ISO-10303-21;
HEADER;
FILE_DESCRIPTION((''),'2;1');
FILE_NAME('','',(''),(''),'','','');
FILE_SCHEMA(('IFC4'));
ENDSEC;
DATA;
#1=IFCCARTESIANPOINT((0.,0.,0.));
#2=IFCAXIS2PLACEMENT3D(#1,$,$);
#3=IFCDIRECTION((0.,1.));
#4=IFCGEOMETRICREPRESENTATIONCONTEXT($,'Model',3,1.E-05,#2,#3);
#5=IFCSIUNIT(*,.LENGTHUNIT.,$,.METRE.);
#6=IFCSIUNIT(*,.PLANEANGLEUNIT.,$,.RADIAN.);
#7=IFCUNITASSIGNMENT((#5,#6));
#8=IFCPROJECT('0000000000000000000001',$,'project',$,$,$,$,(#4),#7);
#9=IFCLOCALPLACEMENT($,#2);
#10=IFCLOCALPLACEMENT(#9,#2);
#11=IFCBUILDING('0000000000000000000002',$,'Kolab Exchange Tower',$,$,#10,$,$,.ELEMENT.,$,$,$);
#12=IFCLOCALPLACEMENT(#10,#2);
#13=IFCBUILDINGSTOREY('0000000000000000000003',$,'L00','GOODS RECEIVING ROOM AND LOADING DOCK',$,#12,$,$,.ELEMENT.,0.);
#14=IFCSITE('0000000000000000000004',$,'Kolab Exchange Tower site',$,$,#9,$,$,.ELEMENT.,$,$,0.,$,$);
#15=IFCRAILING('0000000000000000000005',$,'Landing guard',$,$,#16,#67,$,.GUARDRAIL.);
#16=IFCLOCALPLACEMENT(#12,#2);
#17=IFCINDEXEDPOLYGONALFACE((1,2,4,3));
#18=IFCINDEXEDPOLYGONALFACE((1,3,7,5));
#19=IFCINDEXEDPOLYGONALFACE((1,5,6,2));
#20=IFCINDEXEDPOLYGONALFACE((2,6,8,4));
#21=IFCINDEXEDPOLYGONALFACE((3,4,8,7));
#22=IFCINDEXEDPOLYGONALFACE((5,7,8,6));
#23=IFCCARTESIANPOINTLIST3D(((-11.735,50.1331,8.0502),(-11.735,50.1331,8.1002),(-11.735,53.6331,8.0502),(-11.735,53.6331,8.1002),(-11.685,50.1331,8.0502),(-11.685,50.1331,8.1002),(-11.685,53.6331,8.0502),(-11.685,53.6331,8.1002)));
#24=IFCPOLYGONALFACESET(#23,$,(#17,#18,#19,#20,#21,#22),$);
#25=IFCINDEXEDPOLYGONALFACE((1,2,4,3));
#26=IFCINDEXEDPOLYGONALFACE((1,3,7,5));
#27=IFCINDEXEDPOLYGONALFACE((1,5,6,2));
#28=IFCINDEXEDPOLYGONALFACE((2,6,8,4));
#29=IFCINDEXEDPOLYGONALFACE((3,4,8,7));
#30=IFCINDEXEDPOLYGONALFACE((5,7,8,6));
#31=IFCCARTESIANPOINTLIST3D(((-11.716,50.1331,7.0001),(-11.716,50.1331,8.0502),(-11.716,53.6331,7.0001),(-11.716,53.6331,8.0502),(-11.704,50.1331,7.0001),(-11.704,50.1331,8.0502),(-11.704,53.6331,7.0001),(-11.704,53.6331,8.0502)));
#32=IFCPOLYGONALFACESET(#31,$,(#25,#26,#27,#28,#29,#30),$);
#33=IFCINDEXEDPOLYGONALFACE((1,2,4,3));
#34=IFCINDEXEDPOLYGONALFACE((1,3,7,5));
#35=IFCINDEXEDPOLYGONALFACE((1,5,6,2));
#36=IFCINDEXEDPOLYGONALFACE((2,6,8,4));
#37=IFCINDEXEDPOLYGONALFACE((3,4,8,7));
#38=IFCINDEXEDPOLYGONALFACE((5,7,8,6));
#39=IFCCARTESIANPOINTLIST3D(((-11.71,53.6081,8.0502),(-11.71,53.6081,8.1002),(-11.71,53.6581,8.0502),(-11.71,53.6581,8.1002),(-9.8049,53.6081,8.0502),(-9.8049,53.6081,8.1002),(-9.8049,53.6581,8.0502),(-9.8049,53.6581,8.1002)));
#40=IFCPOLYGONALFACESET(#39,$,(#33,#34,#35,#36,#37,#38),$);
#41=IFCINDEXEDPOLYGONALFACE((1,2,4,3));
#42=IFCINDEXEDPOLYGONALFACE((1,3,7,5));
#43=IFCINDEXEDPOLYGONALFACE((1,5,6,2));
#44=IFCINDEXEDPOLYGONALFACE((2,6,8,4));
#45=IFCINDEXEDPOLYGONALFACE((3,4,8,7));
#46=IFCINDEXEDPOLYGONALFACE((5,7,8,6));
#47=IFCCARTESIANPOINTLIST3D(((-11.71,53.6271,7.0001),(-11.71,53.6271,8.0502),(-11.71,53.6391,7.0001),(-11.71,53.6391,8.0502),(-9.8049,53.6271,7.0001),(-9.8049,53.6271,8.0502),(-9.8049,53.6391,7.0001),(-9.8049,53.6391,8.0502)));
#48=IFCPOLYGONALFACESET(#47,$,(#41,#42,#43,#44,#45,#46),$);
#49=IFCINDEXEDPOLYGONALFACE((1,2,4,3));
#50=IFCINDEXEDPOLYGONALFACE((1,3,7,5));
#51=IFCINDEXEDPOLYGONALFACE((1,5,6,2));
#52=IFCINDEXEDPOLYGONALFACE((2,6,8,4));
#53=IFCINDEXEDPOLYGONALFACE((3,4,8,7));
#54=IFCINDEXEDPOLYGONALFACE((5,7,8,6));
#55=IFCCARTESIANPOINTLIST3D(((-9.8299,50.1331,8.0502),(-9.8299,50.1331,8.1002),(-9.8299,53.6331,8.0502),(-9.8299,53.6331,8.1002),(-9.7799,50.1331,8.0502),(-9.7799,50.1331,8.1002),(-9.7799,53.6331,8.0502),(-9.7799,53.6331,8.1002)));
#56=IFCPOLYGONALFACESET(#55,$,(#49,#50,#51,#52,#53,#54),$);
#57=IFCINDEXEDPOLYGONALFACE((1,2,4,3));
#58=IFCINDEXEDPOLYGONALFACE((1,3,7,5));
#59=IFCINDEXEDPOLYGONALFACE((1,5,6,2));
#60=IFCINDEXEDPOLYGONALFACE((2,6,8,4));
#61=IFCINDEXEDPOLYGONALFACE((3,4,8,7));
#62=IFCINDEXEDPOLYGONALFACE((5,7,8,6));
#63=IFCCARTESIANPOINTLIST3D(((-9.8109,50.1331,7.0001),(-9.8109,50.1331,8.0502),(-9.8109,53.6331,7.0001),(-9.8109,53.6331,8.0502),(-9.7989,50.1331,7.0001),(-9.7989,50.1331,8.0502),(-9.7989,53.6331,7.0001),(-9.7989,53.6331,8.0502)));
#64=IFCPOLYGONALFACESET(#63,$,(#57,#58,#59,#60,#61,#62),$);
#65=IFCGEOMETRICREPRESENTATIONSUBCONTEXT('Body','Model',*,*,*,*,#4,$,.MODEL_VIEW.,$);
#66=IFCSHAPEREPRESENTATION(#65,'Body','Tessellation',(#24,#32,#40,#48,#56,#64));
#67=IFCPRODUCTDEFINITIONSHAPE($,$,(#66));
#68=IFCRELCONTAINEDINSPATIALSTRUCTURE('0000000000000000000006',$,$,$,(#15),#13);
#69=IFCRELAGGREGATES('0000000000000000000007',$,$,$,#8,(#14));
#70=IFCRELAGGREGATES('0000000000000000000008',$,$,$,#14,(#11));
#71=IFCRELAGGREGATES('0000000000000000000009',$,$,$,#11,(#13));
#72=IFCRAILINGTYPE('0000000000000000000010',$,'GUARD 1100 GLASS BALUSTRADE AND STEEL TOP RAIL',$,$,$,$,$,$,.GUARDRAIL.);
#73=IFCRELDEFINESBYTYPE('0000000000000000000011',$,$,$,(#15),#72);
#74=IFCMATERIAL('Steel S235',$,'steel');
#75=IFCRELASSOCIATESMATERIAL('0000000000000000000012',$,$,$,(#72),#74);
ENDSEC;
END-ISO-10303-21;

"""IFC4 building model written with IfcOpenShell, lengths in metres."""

from ifc_helpers import new_model, si_unit, direction, frame, frame_2d, origin, origin_2d, place, context, subcontext, project, spatial, rectangle, extrude, material, type_object, element, save


model = new_model("IFC4")

# Units and contexts
model_context = context("Model", 3, precision=1e-05, world=origin(), true_north=direction((0.0, 1.0)))
body_context = subcontext(model_context, "Body", "Model", "MODEL_VIEW")
ifc_project = project(units=[si_unit("LENGTHUNIT", "METRE"), si_unit("PLANEANGLEUNIT", "RADIAN")], contexts=[model_context])

# Site, building, storey
site_placement = place(None, origin())
site = spatial("IfcSite", under=ifc_project, at=site_placement, Name="Kolab Exchange Tower site", CompositionType="ELEMENT", RefElevation=0.0)
building_placement = place(site_placement, origin())
building = spatial("IfcBuilding", under=site, at=building_placement, Name="Kolab Exchange Tower", CompositionType="ELEMENT")
storey_placement = place(building_placement, origin())
storey = spatial("IfcBuildingStorey", under=building, at=storey_placement, Name="L00", Description="GOODS RECEIVING ROOM AND LOADING DOCK", CompositionType="ELEMENT", Elevation=0.0)

# Railing
ifc_material_1 = material(Name="Steel S235", Category="steel")
railing_type = type_object("IfcRailingType", Name="GUARD 1100 GLASS BALUSTRADE AND STEEL TOP RAIL", PredefinedType="GUARDRAIL", material=ifc_material_1)
railing_placement = place(storey_placement, frame((-11.71, 50.1331, 7.0)))
element("IfcRailing", 1, at=railing_placement, inside=storey, type_object=railing_type, Name="Landing guard", PredefinedType="GUARDRAIL", context=body_context, shape_type="SweptSolid", body=[
    extrude(rectangle(XDim=0.05, YDim=0.05, at=origin_2d()), frame((0.0, 0.0, 1.0752), z_axis=(0.0, 1.0, 0.0), x_axis=(-1.0, 0.0, 0.0)), (0.0, 0.0, 1.0), 3.5),
    extrude(rectangle(XDim=0.012, YDim=1.0501, at=frame_2d((0.0, 0.5251))), frame((0.0, 0.0, 0.0), z_axis=(0.0, 1.0, 0.0), x_axis=(-1.0, 0.0, 0.0)), (0.0, 0.0, 1.0), 3.5),
    extrude(rectangle(XDim=0.05, YDim=0.05, at=origin_2d()), frame((0.0, 3.5, 1.0752), z_axis=(1.0, 0.0, 0.0), x_axis=(0.0, 1.0, 0.0)), (0.0, 0.0, 1.0), 1.905),
    extrude(rectangle(XDim=0.012, YDim=1.0501, at=frame_2d((0.0, 0.5251))), frame((0.0, 3.5, 0.0), z_axis=(1.0, 0.0, 0.0), x_axis=(0.0, 1.0, 0.0)), (0.0, 0.0, 1.0), 1.905),
    extrude(rectangle(XDim=0.05, YDim=0.05, at=origin_2d()), frame((1.905, 3.5, 1.0752), z_axis=(0.0, -1.0, 0.0), x_axis=(1.0, 0.0, 0.0)), (0.0, 0.0, 1.0), 3.5),
    extrude(rectangle(XDim=0.012, YDim=1.0501, at=frame_2d((0.0, 0.5251))), frame((1.905, 3.5, 0.0), z_axis=(0.0, -1.0, 0.0), x_axis=(1.0, 0.0, 0.0)), (0.0, 0.0, 1.0), 3.5),
])

save(model, "model.ifc")
